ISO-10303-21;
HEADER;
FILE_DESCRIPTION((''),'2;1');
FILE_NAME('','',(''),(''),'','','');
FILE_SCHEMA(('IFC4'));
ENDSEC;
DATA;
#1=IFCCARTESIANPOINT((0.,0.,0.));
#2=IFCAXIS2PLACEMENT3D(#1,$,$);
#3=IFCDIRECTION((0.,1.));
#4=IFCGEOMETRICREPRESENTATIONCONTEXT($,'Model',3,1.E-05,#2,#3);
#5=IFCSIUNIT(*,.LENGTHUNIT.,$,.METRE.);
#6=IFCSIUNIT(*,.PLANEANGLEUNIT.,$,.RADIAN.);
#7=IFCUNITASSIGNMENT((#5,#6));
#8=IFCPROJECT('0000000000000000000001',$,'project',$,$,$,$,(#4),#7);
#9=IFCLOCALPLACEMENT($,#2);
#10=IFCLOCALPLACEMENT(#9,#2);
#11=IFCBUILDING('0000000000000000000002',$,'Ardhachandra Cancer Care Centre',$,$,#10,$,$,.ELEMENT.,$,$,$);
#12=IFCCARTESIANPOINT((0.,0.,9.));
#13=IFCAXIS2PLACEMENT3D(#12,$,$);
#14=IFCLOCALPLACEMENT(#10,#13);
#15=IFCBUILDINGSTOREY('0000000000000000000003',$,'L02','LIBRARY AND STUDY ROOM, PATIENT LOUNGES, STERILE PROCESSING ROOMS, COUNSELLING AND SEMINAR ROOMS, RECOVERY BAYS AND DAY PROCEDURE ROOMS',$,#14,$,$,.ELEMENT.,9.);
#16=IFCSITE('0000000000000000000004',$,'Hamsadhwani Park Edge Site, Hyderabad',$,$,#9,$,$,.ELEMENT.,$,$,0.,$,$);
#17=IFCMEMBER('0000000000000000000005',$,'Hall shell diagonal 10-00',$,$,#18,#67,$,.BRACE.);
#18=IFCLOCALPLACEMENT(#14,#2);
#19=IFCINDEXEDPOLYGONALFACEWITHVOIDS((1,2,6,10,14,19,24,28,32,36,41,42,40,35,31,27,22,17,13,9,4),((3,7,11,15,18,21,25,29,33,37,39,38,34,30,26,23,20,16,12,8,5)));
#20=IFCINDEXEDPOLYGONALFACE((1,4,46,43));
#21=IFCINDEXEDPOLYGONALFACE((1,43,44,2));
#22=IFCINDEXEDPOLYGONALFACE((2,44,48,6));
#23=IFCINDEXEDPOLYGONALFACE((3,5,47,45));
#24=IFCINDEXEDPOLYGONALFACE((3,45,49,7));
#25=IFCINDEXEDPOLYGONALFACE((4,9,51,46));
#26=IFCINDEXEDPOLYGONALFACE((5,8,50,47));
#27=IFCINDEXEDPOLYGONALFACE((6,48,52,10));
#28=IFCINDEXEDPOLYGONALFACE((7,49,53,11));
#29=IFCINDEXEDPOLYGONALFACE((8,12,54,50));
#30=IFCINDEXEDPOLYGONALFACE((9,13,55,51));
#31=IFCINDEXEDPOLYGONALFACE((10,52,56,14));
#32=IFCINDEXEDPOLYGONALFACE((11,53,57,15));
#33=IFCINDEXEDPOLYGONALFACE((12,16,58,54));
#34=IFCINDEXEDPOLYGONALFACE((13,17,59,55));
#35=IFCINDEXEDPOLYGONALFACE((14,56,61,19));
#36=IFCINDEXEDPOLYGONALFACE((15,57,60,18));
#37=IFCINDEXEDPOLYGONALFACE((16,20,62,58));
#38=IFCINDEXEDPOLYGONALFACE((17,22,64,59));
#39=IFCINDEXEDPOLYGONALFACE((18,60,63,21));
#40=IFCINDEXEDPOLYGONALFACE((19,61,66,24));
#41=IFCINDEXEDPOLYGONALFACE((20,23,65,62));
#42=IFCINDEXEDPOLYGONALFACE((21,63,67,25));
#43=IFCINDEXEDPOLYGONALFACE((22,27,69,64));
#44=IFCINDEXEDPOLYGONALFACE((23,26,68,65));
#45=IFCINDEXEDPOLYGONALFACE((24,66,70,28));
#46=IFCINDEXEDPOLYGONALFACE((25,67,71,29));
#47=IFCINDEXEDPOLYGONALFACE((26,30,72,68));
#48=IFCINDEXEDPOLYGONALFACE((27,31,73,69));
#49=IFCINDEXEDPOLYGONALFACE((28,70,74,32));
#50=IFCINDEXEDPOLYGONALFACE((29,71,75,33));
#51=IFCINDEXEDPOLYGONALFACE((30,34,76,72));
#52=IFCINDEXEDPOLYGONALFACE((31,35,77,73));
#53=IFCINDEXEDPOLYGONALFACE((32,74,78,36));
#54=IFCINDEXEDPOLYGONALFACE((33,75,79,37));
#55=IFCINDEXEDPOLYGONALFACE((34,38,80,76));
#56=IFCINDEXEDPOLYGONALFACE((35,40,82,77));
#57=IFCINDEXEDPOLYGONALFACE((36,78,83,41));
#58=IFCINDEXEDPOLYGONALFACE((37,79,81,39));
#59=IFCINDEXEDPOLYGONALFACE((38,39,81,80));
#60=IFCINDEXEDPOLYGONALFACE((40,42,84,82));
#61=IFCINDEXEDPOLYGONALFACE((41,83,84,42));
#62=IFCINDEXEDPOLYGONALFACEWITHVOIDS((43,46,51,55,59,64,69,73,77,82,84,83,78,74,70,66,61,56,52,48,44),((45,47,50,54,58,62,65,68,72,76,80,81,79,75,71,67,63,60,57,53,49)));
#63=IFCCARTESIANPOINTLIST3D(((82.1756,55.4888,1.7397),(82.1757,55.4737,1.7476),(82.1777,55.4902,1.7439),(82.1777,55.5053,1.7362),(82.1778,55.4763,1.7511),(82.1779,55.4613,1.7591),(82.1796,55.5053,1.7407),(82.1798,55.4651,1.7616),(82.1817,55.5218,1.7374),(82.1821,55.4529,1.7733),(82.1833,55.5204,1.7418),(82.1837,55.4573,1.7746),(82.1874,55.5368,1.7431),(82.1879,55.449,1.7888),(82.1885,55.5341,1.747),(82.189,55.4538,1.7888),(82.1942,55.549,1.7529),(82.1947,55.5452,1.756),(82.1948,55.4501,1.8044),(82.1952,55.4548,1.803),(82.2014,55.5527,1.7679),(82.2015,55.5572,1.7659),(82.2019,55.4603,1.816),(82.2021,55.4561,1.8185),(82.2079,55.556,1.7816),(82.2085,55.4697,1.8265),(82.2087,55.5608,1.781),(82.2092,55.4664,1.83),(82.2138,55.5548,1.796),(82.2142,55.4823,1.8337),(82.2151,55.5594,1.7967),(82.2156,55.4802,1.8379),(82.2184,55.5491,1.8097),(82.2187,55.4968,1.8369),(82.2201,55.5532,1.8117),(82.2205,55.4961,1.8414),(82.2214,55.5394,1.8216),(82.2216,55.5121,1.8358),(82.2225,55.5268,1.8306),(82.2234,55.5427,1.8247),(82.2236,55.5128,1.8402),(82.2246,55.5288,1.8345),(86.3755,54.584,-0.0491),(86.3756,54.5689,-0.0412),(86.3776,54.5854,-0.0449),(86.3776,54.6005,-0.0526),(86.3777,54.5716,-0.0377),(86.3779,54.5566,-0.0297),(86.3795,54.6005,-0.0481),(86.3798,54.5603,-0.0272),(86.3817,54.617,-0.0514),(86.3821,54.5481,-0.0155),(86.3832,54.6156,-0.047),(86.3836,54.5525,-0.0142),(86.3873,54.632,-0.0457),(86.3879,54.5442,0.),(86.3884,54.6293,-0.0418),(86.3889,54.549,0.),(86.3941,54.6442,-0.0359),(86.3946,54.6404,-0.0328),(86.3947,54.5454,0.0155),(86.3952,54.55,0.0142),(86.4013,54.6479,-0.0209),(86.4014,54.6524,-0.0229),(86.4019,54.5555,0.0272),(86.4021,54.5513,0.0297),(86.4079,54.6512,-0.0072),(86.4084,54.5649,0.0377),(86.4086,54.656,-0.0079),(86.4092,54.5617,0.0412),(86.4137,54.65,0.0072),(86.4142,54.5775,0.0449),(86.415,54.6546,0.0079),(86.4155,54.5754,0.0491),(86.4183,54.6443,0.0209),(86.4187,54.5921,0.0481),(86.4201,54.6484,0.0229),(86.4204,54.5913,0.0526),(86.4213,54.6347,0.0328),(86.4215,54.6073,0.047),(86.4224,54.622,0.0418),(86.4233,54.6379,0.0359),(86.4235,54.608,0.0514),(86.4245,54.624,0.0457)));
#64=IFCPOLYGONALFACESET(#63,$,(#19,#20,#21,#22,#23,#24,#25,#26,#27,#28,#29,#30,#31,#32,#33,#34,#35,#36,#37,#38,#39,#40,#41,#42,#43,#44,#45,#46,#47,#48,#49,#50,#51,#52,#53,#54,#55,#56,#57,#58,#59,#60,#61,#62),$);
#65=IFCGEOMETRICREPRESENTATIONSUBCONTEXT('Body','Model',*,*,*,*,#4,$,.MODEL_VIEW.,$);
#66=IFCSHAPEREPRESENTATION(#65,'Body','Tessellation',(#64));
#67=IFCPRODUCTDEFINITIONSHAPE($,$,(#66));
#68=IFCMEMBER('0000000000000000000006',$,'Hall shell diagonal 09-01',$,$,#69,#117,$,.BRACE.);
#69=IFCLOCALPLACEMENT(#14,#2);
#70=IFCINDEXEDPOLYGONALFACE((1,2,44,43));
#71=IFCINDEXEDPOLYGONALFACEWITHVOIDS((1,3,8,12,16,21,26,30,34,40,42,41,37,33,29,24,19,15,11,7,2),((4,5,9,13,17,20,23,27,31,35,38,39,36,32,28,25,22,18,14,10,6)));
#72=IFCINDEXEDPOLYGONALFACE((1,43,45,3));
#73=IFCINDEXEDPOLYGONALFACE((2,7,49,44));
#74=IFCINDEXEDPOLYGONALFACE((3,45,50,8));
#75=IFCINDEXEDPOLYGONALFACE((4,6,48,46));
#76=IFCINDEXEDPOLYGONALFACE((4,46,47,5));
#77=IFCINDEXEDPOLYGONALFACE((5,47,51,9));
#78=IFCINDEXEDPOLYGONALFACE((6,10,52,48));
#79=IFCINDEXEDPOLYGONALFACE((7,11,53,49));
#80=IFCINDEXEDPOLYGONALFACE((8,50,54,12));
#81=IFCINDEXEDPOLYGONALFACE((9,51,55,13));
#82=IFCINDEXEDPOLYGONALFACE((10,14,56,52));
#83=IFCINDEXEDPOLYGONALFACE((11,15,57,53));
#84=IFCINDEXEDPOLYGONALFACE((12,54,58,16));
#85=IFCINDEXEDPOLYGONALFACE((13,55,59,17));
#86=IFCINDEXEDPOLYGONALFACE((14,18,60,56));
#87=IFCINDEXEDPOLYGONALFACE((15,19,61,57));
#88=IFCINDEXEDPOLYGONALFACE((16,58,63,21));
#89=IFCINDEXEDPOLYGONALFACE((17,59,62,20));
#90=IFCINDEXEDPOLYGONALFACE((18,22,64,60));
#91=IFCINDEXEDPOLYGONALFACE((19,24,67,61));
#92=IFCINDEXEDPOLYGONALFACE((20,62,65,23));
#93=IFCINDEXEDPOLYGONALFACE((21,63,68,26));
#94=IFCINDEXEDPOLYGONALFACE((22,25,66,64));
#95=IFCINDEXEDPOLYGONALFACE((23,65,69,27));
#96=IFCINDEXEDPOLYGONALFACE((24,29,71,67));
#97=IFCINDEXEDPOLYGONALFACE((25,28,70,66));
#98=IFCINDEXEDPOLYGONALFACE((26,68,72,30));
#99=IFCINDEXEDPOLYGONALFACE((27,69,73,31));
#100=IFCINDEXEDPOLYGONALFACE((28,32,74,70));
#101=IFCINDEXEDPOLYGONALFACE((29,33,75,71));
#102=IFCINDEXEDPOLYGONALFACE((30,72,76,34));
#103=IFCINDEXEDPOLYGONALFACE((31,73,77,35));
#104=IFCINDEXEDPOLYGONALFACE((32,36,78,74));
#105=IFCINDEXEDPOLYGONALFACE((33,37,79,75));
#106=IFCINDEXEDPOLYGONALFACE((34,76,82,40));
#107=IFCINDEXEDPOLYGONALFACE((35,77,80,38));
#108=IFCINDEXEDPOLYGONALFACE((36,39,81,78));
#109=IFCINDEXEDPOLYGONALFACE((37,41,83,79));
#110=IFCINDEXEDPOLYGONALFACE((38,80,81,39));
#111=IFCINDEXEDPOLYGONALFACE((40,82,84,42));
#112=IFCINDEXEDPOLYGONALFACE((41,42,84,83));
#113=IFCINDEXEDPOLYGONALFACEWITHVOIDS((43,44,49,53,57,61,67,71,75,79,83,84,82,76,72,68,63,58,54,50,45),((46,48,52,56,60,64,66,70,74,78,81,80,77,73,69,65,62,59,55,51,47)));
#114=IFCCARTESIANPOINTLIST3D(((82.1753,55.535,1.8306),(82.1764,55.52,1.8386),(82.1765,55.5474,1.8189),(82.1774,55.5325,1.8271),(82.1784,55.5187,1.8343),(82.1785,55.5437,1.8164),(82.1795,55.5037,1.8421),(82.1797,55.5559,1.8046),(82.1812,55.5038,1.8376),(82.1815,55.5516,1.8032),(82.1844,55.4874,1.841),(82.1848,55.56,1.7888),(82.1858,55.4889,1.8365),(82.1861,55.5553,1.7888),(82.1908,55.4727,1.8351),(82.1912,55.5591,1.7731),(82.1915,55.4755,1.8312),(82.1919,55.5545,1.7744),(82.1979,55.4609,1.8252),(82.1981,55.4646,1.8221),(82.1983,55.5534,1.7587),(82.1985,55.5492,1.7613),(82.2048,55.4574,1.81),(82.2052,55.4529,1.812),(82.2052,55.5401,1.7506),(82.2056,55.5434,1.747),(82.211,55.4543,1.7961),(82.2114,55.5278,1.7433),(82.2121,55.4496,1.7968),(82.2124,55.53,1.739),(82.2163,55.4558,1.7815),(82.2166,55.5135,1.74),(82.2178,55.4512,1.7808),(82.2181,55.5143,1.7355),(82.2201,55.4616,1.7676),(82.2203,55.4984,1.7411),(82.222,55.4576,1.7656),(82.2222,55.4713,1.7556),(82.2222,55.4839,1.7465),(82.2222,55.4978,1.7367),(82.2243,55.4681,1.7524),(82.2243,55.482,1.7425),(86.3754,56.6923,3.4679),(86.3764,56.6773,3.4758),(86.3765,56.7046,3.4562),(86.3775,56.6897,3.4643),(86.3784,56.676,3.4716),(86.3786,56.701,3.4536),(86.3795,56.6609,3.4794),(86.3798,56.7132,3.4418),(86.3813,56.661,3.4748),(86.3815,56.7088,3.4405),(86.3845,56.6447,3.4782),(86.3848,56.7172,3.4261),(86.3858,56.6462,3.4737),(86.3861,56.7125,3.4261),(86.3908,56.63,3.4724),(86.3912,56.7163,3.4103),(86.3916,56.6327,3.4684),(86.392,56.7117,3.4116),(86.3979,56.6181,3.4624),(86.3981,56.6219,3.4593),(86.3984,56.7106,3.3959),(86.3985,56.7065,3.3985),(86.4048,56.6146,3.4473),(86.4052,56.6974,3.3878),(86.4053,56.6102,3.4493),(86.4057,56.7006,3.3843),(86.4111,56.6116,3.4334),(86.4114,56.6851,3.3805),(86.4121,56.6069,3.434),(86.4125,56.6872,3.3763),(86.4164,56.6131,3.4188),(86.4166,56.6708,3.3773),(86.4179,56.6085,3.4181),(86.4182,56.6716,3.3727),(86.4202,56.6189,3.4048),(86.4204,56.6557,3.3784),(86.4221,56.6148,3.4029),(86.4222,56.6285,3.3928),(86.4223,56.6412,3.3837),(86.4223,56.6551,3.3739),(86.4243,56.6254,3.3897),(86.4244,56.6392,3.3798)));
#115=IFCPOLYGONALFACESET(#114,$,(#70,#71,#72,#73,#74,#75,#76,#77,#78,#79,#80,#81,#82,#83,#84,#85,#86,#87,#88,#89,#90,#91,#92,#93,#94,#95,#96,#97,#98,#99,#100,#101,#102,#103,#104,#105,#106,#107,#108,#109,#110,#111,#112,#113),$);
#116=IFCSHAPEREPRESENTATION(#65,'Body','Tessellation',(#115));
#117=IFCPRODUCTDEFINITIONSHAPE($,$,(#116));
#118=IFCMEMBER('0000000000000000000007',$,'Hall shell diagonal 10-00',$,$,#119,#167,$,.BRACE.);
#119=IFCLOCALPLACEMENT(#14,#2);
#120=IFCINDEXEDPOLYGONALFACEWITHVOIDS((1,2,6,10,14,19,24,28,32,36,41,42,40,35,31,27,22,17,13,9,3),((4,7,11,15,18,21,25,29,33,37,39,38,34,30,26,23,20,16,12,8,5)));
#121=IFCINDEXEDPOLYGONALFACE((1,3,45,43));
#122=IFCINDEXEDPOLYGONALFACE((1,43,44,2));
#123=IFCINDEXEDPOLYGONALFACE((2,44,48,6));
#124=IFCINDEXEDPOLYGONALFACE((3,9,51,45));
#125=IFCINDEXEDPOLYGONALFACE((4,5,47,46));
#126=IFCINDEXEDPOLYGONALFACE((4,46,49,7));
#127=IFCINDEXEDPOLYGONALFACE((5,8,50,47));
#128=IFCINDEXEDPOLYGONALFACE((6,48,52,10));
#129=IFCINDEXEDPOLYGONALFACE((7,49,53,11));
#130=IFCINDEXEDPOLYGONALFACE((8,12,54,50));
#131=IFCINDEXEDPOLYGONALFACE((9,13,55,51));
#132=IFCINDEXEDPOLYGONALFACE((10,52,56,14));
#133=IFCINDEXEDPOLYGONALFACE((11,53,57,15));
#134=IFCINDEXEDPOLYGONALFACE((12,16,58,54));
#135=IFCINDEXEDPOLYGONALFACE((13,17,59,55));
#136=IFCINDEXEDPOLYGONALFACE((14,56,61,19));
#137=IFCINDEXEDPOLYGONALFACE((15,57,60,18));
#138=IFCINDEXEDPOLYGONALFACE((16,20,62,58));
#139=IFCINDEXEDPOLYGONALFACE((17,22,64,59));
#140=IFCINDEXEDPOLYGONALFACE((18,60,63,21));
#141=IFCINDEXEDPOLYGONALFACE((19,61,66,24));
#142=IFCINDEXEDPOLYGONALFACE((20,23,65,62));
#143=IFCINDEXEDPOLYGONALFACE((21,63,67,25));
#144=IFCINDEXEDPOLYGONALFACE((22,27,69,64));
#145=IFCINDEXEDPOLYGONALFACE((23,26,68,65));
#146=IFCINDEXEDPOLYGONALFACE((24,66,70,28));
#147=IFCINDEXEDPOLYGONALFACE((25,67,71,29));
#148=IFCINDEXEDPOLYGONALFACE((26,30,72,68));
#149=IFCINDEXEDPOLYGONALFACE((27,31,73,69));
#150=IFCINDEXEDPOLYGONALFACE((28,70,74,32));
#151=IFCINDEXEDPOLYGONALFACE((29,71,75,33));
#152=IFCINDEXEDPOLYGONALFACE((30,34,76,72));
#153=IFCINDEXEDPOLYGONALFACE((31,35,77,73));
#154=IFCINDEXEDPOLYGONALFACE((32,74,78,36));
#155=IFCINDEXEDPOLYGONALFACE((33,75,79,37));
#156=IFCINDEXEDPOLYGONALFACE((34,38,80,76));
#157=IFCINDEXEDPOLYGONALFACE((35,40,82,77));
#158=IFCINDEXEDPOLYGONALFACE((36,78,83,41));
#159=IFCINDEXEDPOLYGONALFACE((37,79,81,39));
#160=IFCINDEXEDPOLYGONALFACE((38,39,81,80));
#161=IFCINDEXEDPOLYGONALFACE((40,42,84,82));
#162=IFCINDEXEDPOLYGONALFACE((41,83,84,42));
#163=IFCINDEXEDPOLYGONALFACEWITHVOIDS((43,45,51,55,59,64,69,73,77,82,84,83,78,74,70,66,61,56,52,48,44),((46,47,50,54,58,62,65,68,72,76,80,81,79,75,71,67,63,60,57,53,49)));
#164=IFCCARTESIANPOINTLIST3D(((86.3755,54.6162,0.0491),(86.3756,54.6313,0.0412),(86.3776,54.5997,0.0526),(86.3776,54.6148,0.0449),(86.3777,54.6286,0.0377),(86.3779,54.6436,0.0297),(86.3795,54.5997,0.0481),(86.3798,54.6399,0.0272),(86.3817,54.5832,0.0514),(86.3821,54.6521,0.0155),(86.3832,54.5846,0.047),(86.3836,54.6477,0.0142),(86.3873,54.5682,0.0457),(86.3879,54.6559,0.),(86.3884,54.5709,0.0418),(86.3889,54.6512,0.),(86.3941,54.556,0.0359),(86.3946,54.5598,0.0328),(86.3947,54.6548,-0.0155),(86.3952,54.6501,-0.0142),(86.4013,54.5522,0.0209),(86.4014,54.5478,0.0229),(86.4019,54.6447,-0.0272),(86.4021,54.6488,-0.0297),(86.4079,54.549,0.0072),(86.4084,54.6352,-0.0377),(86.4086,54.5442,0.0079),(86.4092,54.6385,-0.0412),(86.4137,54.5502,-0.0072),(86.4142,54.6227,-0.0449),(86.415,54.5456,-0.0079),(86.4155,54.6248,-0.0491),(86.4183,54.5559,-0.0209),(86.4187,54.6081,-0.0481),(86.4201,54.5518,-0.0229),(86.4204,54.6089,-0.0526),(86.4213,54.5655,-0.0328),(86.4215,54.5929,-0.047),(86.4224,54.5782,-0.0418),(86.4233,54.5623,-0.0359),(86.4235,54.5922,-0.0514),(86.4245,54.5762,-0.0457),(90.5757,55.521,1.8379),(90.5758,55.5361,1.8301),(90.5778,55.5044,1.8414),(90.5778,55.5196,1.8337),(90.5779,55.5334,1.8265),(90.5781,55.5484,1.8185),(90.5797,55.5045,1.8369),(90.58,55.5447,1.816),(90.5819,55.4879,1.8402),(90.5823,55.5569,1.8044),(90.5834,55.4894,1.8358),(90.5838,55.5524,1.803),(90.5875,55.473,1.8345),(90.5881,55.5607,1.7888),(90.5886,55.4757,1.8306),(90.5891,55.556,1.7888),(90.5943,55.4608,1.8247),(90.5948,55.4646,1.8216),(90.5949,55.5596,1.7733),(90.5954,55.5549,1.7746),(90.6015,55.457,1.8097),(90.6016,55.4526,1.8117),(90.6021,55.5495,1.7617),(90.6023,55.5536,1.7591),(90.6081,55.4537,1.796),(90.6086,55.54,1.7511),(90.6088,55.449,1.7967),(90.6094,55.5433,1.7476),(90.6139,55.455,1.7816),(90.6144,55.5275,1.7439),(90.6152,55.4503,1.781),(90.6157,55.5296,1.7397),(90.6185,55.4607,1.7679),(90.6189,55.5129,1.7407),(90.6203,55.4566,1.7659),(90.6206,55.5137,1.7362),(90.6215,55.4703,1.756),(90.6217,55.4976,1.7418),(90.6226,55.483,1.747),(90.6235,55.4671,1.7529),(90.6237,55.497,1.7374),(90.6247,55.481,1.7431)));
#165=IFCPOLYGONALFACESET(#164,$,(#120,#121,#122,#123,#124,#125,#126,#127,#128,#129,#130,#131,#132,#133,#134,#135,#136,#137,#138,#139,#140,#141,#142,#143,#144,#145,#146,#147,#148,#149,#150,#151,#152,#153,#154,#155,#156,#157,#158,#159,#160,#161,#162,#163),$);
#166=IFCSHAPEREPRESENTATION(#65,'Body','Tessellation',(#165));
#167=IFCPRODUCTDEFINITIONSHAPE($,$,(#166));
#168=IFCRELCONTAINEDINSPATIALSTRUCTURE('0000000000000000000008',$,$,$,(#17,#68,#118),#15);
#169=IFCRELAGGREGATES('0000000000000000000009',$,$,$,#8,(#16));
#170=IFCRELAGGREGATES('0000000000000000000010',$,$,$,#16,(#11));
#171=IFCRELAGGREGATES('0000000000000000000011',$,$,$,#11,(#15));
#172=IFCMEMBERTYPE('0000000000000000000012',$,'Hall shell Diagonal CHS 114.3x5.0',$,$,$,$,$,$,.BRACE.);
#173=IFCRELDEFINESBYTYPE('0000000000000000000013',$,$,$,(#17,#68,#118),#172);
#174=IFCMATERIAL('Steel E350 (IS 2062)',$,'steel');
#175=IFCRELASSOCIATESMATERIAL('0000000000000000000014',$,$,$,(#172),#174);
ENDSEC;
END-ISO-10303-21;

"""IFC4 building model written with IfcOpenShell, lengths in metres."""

from ifc_helpers import new_model, si_unit, direction, frame, origin, origin_2d, place, context, subcontext, project, spatial, hollow_circle, extrude, material, material_profile, profile_set, type_object, element, save


model = new_model("IFC4")

# Units and contexts
model_context = context("Model", 3, precision=1e-05, world=origin(), true_north=direction((0.0, 1.0)))
body_context = subcontext(model_context, "Body", "Model", "MODEL_VIEW")
ifc_project = project(units=[si_unit("LENGTHUNIT", "METRE"), si_unit("PLANEANGLEUNIT", "RADIAN")], contexts=[model_context])

# Site, building, storey
site_placement = place(None, origin())
site = spatial("IfcSite", under=ifc_project, at=site_placement, Name="Hamsadhwani Park Edge Site, Hyderabad", CompositionType="ELEMENT", RefElevation=0.0)
building_placement = place(site_placement, origin())
building = spatial("IfcBuilding", under=site, at=building_placement, Name="Ardhachandra Cancer Care Centre", CompositionType="ELEMENT")
storey_placement = place(building_placement, frame((0.0, 0.0, 9.0)))
storey = spatial("IfcBuildingStorey", under=building, at=storey_placement, Name="L02", Description="LIBRARY AND STUDY ROOM, PATIENT LOUNGES, STERILE PROCESSING ROOMS, COUNSELLING AND SEMINAR ROOMS, RECOVERY BAYS AND DAY PROCEDURE ROOMS", CompositionType="ELEMENT", Elevation=9.0)

# Members
ifc_material_1 = material(Name="Steel E350 (IS 2062)", Category="steel")
ifc_material_profile_1 = material_profile(ifc_material_1, hollow_circle(Radius=0.0571, WallThickness=0.0049, at=origin_2d()), Name="CHS 114.3x5.0")
ifc_profile_set_1 = profile_set([ifc_material_profile_1], Name="Steel E350 (IS 2062)")
member_type_1 = type_object("IfcMemberType", Name="Hall shell Diagonal CHS 114.3x5.0", PredefinedType="BRACE", material=ifc_profile_set_1)
for number, where, z_axis, x_axis, name in (
    (1, (86.3999, 54.6001, 0.0), (-0.902473, 0.194417, 0.384376), (-0.210596, -0.977573, 0.0), "Hall shell diagonal 10-00"),
):
    element("IfcMember", number, at=place(storey_placement, frame(where, z_axis=z_axis, x_axis=x_axis)), inside=storey, type_object=member_type_1, Name=name, PredefinedType="BRACE", context=body_context, shape_type="SweptSolid", body=[
        extrude(hollow_circle(Radius=0.0571, WallThickness=0.0049, at=origin_2d()), origin(), (0.0, 0.0, 1.0), 4.6538),
    ])
for number, where, z_axis, x_axis, name in (
    (2, (82.2, 55.5049, 1.7888), (0.90245, 0.248655, 0.351789), (-0.265634, 0.964074, 0.0), "Hall shell diagonal 09-01"),
    (3, (86.3999, 54.6001, 0.0), (0.902482, 0.194408, 0.384358), (-0.210584, 0.977576, 0.0), "Hall shell diagonal 10-00"),
):
    element("IfcMember", number, at=place(storey_placement, frame(where, z_axis=z_axis, x_axis=x_axis)), inside=storey, type_object=member_type_1, Name=name, PredefinedType="BRACE", context=body_context, shape_type="SweptSolid", body=[
        extrude(hollow_circle(Radius=0.0571, WallThickness=0.0049, at=origin_2d()), origin(), (0.0, 0.0, 1.0), 4.6541),
    ])

save(model, "model.ifc")
